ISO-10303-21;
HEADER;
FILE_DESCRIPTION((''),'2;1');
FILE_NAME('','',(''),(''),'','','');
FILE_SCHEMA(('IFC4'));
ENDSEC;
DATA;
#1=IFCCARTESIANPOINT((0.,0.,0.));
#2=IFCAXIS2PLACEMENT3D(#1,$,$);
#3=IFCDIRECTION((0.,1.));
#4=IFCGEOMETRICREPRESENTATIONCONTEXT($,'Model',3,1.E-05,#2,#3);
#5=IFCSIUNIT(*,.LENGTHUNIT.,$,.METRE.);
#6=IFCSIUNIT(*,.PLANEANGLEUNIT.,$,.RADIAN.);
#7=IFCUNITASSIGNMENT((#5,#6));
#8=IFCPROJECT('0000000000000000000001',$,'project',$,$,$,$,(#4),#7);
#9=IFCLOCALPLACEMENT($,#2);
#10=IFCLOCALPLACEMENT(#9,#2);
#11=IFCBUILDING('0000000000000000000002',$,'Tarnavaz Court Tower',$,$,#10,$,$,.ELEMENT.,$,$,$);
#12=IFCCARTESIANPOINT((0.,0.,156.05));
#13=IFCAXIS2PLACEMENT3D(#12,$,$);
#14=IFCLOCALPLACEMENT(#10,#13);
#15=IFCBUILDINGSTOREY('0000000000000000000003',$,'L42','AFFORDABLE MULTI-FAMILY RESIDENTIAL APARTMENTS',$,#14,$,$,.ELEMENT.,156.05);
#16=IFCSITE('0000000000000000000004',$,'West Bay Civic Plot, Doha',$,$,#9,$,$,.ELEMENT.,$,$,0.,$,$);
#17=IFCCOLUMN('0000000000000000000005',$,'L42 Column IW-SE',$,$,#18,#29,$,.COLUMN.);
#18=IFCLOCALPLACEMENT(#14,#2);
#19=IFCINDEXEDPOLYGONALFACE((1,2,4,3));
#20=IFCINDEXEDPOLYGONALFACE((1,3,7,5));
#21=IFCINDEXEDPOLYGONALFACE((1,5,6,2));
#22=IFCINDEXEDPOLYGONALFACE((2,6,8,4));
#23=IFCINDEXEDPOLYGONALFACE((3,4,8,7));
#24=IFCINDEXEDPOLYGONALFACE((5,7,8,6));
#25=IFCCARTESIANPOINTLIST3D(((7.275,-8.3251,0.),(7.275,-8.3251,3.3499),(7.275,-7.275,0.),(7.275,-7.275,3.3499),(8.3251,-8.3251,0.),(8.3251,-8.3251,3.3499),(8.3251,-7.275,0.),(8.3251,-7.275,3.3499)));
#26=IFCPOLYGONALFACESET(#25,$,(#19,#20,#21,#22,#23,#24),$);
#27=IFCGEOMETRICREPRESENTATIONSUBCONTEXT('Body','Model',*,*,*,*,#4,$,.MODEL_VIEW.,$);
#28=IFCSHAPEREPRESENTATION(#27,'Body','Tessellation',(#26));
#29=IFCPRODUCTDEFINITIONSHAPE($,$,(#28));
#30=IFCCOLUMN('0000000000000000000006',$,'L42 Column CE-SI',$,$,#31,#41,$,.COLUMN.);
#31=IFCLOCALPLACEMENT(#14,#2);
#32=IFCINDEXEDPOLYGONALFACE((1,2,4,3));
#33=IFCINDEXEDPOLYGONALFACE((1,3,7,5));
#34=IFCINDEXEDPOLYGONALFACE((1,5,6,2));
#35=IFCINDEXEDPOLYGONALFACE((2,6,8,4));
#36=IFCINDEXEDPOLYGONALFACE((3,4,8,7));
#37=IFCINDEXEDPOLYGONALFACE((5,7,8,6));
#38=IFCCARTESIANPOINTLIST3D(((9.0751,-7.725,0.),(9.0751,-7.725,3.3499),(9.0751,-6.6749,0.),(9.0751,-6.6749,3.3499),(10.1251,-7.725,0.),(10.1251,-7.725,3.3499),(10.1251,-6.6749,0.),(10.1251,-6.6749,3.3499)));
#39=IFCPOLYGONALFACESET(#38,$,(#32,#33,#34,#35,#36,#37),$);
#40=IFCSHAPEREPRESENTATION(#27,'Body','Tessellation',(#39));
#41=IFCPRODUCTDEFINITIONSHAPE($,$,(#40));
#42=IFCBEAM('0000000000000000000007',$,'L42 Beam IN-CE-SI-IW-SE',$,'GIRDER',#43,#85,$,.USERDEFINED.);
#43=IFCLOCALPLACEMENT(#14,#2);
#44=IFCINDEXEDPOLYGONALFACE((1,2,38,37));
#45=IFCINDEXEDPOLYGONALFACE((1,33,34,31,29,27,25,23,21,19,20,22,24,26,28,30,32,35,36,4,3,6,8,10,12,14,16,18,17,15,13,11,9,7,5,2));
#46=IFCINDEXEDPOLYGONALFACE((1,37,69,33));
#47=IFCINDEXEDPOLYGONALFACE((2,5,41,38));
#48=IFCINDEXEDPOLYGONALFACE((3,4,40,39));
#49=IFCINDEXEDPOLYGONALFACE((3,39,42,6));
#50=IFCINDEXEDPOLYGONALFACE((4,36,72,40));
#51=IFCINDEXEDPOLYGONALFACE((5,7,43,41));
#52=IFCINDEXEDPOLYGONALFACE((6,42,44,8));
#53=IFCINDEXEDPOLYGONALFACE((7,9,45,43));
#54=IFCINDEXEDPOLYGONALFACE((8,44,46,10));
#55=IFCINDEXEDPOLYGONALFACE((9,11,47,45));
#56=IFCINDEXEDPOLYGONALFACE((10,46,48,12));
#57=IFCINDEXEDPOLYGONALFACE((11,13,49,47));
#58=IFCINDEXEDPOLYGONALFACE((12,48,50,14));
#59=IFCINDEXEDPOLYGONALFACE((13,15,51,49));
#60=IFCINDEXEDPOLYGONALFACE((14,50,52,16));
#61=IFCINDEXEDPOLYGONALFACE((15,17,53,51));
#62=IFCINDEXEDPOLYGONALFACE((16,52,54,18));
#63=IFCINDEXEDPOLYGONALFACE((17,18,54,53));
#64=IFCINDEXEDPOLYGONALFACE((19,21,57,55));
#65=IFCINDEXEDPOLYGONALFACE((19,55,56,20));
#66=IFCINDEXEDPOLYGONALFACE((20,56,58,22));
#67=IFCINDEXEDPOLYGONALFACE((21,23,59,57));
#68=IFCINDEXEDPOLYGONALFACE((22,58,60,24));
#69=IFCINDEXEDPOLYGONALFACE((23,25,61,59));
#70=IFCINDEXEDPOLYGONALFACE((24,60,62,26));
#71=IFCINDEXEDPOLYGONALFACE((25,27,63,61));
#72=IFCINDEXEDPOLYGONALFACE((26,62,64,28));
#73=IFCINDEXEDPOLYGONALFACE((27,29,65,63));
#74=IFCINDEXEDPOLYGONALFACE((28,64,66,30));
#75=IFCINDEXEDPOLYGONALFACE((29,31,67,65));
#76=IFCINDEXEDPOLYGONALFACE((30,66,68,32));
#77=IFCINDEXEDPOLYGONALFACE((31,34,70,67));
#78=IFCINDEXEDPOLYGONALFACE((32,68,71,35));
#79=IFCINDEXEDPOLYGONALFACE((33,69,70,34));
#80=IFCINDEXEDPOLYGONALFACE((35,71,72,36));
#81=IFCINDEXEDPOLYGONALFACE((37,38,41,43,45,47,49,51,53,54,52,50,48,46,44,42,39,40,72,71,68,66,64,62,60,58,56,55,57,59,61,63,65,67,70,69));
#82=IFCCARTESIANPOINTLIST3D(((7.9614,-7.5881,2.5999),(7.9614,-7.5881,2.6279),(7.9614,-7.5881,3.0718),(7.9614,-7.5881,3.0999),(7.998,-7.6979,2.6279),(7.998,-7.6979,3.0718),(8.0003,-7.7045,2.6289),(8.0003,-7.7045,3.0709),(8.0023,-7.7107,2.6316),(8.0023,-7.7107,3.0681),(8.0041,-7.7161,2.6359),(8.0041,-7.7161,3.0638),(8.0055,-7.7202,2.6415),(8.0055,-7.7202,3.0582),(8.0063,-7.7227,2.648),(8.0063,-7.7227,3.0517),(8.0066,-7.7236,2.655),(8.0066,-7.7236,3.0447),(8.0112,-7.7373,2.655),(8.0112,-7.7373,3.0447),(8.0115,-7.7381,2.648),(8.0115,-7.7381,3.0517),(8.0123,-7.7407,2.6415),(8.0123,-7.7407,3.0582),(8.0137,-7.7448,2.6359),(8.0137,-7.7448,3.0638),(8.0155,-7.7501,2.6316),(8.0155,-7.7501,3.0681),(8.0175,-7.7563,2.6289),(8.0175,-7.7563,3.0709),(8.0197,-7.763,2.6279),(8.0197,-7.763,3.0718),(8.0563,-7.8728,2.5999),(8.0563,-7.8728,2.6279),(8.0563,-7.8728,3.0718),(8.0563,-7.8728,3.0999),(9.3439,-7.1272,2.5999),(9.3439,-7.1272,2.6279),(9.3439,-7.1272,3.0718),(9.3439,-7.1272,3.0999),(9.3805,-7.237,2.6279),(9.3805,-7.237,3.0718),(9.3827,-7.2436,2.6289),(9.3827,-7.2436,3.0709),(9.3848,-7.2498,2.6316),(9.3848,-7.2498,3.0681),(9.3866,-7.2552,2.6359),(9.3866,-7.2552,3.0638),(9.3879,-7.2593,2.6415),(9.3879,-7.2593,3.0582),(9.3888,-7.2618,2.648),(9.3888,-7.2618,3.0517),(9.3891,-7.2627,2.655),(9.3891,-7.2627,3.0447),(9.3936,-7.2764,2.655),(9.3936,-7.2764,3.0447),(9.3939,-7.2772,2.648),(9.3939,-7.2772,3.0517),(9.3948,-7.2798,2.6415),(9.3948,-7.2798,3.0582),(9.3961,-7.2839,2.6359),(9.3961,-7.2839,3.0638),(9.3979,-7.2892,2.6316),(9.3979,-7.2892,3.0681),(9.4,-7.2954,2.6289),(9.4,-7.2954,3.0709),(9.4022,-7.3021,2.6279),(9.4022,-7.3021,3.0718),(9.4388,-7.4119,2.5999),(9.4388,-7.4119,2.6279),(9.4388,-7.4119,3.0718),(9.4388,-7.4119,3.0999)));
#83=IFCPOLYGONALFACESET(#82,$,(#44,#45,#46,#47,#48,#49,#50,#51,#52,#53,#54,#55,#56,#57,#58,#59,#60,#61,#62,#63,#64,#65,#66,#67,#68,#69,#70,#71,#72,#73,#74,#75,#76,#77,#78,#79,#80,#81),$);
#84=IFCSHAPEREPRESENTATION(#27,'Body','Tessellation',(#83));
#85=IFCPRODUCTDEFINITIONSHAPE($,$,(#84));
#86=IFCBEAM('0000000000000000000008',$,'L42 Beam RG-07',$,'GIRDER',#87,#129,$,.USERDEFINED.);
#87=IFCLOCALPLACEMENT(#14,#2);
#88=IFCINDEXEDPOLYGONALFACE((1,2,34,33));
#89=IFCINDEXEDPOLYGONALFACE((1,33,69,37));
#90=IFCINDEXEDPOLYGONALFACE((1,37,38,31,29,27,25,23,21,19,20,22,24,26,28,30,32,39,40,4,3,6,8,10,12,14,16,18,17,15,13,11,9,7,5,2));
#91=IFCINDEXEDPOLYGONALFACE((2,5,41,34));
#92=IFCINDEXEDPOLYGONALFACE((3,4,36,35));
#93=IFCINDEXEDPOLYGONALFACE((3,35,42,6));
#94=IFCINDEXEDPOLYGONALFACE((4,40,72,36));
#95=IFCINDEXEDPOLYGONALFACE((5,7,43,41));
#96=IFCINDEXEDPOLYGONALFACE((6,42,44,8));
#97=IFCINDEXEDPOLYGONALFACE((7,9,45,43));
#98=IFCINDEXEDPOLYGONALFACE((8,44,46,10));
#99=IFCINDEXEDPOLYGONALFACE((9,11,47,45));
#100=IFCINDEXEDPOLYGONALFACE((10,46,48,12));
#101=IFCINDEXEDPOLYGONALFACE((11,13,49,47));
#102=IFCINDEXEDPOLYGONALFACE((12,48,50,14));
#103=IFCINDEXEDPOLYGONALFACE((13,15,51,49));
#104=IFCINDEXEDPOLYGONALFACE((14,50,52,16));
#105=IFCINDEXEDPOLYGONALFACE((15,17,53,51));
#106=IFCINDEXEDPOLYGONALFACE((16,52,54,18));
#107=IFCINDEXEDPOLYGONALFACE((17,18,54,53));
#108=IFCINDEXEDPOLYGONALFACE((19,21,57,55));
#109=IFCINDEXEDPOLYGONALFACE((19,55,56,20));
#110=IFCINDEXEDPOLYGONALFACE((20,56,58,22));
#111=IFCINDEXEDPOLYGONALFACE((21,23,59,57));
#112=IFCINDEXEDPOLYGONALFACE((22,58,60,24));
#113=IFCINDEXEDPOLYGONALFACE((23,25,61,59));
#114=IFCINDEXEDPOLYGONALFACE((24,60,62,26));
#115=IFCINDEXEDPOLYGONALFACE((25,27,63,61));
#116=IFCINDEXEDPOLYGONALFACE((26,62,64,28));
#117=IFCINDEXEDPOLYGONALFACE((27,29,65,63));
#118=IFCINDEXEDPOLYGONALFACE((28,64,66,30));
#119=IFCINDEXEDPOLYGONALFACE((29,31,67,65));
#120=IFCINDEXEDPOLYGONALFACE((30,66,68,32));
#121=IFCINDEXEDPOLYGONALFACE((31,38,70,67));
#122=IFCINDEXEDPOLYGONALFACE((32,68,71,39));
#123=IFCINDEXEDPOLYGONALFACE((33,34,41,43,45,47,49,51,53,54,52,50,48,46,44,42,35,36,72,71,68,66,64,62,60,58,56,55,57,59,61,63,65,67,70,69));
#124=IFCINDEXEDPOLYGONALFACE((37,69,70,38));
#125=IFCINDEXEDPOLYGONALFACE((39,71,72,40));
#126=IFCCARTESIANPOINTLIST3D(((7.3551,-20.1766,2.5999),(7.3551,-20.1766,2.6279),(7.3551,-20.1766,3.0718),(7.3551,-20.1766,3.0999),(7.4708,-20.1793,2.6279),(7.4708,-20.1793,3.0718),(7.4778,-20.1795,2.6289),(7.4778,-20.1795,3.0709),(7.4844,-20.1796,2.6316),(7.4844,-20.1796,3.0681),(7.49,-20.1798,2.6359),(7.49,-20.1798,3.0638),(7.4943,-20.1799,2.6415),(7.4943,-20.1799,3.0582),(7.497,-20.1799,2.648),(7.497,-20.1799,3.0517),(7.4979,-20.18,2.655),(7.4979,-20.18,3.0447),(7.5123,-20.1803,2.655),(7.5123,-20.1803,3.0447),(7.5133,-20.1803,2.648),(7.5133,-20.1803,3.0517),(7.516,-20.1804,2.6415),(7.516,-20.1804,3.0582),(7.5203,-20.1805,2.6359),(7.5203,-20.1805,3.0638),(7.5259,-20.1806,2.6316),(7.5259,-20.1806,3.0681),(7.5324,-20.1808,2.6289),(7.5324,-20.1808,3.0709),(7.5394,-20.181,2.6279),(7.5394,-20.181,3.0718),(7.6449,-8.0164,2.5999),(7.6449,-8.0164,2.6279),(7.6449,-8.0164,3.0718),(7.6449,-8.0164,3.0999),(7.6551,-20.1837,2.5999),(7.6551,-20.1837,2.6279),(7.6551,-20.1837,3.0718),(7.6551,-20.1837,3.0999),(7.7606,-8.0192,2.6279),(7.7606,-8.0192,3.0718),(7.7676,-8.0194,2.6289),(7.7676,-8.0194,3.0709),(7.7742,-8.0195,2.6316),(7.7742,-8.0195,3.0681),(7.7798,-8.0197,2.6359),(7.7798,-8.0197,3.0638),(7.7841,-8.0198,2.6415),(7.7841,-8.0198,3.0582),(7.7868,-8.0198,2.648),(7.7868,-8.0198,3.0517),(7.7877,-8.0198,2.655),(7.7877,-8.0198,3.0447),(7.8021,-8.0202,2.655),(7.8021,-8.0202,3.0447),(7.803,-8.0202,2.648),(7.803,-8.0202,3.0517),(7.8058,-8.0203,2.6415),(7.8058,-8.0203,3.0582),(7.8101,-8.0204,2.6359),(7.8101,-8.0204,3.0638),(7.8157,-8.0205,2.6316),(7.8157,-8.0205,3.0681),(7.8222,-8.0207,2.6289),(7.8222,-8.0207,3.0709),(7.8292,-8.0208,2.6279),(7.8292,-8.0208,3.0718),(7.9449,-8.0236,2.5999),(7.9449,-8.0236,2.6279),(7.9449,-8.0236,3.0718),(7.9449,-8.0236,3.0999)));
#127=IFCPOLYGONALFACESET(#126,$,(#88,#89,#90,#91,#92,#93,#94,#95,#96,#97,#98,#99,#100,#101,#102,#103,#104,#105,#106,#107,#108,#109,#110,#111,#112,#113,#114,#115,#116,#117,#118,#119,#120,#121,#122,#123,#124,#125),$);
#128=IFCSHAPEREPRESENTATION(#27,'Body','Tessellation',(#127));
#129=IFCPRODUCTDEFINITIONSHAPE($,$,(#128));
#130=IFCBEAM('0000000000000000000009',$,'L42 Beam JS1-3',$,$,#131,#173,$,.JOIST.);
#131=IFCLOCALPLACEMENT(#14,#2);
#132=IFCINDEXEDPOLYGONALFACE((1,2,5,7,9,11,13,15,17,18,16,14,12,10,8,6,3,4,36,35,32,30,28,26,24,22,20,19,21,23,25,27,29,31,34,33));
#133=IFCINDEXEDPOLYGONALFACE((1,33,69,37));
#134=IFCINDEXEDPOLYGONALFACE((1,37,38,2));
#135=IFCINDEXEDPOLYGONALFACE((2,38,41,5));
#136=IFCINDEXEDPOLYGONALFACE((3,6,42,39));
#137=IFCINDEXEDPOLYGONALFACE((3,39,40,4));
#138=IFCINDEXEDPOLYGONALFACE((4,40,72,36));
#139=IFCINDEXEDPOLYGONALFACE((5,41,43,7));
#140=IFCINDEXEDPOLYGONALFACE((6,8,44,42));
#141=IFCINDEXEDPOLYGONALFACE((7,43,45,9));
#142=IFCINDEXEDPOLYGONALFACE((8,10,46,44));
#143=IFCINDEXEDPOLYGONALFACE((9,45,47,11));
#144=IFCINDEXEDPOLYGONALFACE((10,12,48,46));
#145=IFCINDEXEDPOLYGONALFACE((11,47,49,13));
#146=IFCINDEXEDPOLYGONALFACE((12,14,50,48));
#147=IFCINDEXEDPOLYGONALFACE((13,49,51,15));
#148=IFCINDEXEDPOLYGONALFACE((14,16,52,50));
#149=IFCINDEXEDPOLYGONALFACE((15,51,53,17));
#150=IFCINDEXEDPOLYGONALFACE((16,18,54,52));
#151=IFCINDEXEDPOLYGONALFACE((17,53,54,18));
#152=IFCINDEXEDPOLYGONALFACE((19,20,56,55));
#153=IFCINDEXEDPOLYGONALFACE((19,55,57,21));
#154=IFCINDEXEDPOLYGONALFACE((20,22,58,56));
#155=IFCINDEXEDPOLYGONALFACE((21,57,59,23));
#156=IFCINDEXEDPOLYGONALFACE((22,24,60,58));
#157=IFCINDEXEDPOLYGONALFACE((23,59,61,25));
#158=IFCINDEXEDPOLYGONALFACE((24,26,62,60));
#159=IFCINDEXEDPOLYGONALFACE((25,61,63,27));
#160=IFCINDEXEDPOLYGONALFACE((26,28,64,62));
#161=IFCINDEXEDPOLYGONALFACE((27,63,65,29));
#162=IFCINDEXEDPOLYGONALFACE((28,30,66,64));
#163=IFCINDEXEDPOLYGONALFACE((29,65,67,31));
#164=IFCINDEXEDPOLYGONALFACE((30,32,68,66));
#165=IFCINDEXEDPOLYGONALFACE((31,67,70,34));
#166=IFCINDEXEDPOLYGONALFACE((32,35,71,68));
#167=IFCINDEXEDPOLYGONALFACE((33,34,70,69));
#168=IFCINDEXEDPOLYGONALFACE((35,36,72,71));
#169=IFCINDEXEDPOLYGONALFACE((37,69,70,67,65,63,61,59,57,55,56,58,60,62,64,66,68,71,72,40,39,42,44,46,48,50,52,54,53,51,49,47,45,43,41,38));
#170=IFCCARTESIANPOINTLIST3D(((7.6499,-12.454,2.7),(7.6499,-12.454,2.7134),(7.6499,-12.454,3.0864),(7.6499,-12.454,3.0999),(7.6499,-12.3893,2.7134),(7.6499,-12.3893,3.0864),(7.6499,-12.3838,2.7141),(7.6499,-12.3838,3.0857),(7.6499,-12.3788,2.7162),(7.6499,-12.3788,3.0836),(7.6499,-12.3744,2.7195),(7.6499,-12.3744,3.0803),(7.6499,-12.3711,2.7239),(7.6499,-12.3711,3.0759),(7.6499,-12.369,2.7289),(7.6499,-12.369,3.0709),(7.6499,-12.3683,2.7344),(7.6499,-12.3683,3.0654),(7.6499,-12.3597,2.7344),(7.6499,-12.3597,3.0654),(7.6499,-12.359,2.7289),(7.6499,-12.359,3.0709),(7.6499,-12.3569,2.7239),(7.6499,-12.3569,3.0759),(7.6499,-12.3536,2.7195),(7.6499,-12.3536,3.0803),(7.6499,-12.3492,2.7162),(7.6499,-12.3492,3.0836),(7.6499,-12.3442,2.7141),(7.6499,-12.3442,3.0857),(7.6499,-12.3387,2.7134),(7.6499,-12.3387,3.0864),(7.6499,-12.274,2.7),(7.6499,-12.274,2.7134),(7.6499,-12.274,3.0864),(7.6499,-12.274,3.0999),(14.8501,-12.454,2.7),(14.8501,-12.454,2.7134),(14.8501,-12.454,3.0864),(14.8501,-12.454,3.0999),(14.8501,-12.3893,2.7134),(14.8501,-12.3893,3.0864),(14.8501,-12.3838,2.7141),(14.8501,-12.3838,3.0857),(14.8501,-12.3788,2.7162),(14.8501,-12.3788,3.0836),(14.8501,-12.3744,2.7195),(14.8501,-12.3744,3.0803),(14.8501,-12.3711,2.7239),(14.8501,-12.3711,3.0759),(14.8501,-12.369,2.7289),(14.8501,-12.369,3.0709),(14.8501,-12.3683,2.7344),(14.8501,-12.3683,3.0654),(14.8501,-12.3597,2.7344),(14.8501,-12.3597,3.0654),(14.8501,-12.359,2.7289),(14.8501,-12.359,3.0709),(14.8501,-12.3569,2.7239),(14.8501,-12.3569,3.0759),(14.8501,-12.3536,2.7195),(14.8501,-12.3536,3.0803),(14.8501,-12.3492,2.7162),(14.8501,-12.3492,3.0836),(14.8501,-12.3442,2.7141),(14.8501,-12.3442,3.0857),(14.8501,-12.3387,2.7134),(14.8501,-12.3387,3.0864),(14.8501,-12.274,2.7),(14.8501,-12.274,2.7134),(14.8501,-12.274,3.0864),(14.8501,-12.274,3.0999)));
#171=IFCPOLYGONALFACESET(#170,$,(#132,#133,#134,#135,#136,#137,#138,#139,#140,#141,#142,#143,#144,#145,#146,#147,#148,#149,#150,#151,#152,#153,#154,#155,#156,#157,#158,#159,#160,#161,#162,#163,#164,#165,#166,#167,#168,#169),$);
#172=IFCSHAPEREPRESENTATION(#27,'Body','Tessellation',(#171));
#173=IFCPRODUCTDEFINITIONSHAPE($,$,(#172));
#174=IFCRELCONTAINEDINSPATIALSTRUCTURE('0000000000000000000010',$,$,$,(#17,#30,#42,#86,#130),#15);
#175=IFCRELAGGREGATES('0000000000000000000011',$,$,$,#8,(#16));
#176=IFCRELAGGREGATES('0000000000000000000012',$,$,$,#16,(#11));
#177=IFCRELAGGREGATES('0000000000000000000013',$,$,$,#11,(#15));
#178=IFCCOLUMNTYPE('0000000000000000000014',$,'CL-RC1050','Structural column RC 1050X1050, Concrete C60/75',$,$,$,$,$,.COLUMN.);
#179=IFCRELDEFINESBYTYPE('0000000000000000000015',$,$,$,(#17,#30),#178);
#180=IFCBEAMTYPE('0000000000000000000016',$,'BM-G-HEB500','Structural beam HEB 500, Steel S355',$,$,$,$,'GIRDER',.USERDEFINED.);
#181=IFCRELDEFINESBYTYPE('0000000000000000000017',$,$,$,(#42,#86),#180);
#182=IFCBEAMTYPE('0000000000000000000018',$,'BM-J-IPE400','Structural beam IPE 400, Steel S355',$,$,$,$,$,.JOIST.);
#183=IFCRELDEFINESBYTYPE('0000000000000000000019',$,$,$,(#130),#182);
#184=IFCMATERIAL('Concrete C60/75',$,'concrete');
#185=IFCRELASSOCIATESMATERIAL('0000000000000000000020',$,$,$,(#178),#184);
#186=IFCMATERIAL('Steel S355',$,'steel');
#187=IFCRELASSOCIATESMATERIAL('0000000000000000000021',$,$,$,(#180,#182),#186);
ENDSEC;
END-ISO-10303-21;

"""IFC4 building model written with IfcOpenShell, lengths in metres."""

from ifc_helpers import new_model, si_unit, direction, frame, origin, origin_2d, place, context, subcontext, project, spatial, rectangle, i_section, extrude, material, material_profile, profile_set, type_object, element, save


model = new_model("IFC4")

# Units and contexts
model_context = context("Model", 3, precision=1e-05, world=origin(), true_north=direction((0.0, 1.0)))
body_context = subcontext(model_context, "Body", "Model", "MODEL_VIEW")
ifc_project = project(units=[si_unit("LENGTHUNIT", "METRE"), si_unit("PLANEANGLEUNIT", "RADIAN")], contexts=[model_context])

# Site, building, storey
site_placement = place(None, origin())
site = spatial("IfcSite", under=ifc_project, at=site_placement, Name="West Bay Civic Plot, Doha", CompositionType="ELEMENT", RefElevation=0.0)
building_placement = place(site_placement, origin())
building = spatial("IfcBuilding", under=site, at=building_placement, Name="Tarnavaz Court Tower", CompositionType="ELEMENT")
storey_placement = place(building_placement, frame((0.0, 0.0, 156.05)))
storey = spatial("IfcBuildingStorey", under=building, at=storey_placement, Name="L42", Description="AFFORDABLE MULTI-FAMILY RESIDENTIAL APARTMENTS", CompositionType="ELEMENT", Elevation=156.05)

# Columns
ifc_material_1 = material(Name="Concrete C60/75", Category="concrete")
ifc_material_profile_1 = material_profile(ifc_material_1, rectangle(XDim=1.05, YDim=1.05, at=origin_2d()), Name="RC 1050X1050")
ifc_profile_set_1 = profile_set([ifc_material_profile_1], Name="Concrete C60/75")
column_type = type_object("IfcColumnType", Name="CL-RC1050", Description="Structural column RC 1050X1050, Concrete C60/75", PredefinedType="COLUMN", material=ifc_profile_set_1)
for number, where, z_axis, x_axis, name in (
    (1, (7.8, -7.8, 0.0), (0.0, 0.0, 1.0), (1.0, 0.0, 0.0), "L42 Column IW-SE"),
    (2, (9.6001, -7.2, 0.0), (0.0, 0.0, 1.0), (1.0, 0.0, 0.0), "L42 Column CE-SI"),
):
    element("IfcColumn", number, at=place(storey_placement, frame(where, z_axis=z_axis, x_axis=x_axis)), inside=storey, type_object=column_type, Name=name, PredefinedType="COLUMN", context=body_context, shape_type="SweptSolid", body=[
        extrude(rectangle(XDim=1.05, YDim=1.05, at=origin_2d()), origin(), (0.0, 0.0, 1.0), 3.3499),
    ])

# Beams
ifc_material_2 = material(Name="Steel S355", Category="steel")
ifc_material_profile_2 = material_profile(ifc_material_2, i_section(OverallWidth=0.3, OverallDepth=0.5, WebThickness=0.0144, FlangeThickness=0.0281, FilletRadius=0.0271, at=origin_2d()), Name="HEB 500")
ifc_profile_set_2 = profile_set([ifc_material_profile_2], Name="Steel S355")
beam_type_1 = type_object("IfcBeamType", Name="BM-G-HEB500", Description="Structural beam HEB 500, Steel S355", ElementType="GIRDER", PredefinedType="USERDEFINED", material=ifc_profile_set_2)
beam_1_placement = place(storey_placement, frame((9.3914, -7.2695, 2.8499), z_axis=(-0.948667, -0.316278, 0.0), x_axis=(0.316278, -0.948667, 0.0)))
element("IfcBeam", 3, at=beam_1_placement, inside=storey, type_object=beam_type_1, Name="L42 Beam IN-CE-SI-IW-SE", ObjectType="GIRDER", PredefinedType="USERDEFINED", context=body_context, shape_type="SweptSolid", body=[
    extrude(i_section(OverallWidth=0.3, OverallDepth=0.5, WebThickness=0.0144, FlangeThickness=0.0281, FilletRadius=0.0271, at=origin_2d()), origin(), (0.0, 0.0, 1.0), 1.4573),
])
beam_2_placement = place(storey_placement, frame((7.7949, -8.02, 2.8499), z_axis=(-0.023825, -0.999716, 0.0), x_axis=(0.999716, -0.023825, 0.0)))
element("IfcBeam", 4, at=beam_2_placement, inside=storey, type_object=beam_type_1, Name="L42 Beam RG-07", ObjectType="GIRDER", PredefinedType="USERDEFINED", context=body_context, shape_type="SweptSolid", body=[
    extrude(i_section(OverallWidth=0.3, OverallDepth=0.5, WebThickness=0.0144, FlangeThickness=0.0281, FilletRadius=0.0271, at=origin_2d()), origin(), (0.0, 0.0, 1.0), 12.1636),
])
ifc_material_profile_3 = material_profile(ifc_material_2, i_section(OverallWidth=0.1799, OverallDepth=0.3999, WebThickness=0.0085, FlangeThickness=0.0134, FilletRadius=0.021, at=origin_2d()), Name="IPE 400")
ifc_profile_set_3 = profile_set([ifc_material_profile_3], Name="Steel S355")
beam_type_2 = type_object("IfcBeamType", Name="BM-J-IPE400", Description="Structural beam IPE 400, Steel S355", PredefinedType="JOIST", material=ifc_profile_set_3)
beam_3_placement = place(storey_placement, frame((7.6499, -12.364, 2.8999), z_axis=(1.0, 0.0, 0.0), x_axis=(0.0, 1.0, 0.0)))
element("IfcBeam", 5, at=beam_3_placement, inside=storey, type_object=beam_type_2, Name="L42 Beam JS1-3", PredefinedType="JOIST", context=body_context, shape_type="SweptSolid", body=[
    extrude(i_section(OverallWidth=0.1799, OverallDepth=0.3999, WebThickness=0.0085, FlangeThickness=0.0134, FilletRadius=0.021, at=origin_2d()), origin(), (0.0, 0.0, 1.0), 7.2002),
])

save(model, "model.ifc")
